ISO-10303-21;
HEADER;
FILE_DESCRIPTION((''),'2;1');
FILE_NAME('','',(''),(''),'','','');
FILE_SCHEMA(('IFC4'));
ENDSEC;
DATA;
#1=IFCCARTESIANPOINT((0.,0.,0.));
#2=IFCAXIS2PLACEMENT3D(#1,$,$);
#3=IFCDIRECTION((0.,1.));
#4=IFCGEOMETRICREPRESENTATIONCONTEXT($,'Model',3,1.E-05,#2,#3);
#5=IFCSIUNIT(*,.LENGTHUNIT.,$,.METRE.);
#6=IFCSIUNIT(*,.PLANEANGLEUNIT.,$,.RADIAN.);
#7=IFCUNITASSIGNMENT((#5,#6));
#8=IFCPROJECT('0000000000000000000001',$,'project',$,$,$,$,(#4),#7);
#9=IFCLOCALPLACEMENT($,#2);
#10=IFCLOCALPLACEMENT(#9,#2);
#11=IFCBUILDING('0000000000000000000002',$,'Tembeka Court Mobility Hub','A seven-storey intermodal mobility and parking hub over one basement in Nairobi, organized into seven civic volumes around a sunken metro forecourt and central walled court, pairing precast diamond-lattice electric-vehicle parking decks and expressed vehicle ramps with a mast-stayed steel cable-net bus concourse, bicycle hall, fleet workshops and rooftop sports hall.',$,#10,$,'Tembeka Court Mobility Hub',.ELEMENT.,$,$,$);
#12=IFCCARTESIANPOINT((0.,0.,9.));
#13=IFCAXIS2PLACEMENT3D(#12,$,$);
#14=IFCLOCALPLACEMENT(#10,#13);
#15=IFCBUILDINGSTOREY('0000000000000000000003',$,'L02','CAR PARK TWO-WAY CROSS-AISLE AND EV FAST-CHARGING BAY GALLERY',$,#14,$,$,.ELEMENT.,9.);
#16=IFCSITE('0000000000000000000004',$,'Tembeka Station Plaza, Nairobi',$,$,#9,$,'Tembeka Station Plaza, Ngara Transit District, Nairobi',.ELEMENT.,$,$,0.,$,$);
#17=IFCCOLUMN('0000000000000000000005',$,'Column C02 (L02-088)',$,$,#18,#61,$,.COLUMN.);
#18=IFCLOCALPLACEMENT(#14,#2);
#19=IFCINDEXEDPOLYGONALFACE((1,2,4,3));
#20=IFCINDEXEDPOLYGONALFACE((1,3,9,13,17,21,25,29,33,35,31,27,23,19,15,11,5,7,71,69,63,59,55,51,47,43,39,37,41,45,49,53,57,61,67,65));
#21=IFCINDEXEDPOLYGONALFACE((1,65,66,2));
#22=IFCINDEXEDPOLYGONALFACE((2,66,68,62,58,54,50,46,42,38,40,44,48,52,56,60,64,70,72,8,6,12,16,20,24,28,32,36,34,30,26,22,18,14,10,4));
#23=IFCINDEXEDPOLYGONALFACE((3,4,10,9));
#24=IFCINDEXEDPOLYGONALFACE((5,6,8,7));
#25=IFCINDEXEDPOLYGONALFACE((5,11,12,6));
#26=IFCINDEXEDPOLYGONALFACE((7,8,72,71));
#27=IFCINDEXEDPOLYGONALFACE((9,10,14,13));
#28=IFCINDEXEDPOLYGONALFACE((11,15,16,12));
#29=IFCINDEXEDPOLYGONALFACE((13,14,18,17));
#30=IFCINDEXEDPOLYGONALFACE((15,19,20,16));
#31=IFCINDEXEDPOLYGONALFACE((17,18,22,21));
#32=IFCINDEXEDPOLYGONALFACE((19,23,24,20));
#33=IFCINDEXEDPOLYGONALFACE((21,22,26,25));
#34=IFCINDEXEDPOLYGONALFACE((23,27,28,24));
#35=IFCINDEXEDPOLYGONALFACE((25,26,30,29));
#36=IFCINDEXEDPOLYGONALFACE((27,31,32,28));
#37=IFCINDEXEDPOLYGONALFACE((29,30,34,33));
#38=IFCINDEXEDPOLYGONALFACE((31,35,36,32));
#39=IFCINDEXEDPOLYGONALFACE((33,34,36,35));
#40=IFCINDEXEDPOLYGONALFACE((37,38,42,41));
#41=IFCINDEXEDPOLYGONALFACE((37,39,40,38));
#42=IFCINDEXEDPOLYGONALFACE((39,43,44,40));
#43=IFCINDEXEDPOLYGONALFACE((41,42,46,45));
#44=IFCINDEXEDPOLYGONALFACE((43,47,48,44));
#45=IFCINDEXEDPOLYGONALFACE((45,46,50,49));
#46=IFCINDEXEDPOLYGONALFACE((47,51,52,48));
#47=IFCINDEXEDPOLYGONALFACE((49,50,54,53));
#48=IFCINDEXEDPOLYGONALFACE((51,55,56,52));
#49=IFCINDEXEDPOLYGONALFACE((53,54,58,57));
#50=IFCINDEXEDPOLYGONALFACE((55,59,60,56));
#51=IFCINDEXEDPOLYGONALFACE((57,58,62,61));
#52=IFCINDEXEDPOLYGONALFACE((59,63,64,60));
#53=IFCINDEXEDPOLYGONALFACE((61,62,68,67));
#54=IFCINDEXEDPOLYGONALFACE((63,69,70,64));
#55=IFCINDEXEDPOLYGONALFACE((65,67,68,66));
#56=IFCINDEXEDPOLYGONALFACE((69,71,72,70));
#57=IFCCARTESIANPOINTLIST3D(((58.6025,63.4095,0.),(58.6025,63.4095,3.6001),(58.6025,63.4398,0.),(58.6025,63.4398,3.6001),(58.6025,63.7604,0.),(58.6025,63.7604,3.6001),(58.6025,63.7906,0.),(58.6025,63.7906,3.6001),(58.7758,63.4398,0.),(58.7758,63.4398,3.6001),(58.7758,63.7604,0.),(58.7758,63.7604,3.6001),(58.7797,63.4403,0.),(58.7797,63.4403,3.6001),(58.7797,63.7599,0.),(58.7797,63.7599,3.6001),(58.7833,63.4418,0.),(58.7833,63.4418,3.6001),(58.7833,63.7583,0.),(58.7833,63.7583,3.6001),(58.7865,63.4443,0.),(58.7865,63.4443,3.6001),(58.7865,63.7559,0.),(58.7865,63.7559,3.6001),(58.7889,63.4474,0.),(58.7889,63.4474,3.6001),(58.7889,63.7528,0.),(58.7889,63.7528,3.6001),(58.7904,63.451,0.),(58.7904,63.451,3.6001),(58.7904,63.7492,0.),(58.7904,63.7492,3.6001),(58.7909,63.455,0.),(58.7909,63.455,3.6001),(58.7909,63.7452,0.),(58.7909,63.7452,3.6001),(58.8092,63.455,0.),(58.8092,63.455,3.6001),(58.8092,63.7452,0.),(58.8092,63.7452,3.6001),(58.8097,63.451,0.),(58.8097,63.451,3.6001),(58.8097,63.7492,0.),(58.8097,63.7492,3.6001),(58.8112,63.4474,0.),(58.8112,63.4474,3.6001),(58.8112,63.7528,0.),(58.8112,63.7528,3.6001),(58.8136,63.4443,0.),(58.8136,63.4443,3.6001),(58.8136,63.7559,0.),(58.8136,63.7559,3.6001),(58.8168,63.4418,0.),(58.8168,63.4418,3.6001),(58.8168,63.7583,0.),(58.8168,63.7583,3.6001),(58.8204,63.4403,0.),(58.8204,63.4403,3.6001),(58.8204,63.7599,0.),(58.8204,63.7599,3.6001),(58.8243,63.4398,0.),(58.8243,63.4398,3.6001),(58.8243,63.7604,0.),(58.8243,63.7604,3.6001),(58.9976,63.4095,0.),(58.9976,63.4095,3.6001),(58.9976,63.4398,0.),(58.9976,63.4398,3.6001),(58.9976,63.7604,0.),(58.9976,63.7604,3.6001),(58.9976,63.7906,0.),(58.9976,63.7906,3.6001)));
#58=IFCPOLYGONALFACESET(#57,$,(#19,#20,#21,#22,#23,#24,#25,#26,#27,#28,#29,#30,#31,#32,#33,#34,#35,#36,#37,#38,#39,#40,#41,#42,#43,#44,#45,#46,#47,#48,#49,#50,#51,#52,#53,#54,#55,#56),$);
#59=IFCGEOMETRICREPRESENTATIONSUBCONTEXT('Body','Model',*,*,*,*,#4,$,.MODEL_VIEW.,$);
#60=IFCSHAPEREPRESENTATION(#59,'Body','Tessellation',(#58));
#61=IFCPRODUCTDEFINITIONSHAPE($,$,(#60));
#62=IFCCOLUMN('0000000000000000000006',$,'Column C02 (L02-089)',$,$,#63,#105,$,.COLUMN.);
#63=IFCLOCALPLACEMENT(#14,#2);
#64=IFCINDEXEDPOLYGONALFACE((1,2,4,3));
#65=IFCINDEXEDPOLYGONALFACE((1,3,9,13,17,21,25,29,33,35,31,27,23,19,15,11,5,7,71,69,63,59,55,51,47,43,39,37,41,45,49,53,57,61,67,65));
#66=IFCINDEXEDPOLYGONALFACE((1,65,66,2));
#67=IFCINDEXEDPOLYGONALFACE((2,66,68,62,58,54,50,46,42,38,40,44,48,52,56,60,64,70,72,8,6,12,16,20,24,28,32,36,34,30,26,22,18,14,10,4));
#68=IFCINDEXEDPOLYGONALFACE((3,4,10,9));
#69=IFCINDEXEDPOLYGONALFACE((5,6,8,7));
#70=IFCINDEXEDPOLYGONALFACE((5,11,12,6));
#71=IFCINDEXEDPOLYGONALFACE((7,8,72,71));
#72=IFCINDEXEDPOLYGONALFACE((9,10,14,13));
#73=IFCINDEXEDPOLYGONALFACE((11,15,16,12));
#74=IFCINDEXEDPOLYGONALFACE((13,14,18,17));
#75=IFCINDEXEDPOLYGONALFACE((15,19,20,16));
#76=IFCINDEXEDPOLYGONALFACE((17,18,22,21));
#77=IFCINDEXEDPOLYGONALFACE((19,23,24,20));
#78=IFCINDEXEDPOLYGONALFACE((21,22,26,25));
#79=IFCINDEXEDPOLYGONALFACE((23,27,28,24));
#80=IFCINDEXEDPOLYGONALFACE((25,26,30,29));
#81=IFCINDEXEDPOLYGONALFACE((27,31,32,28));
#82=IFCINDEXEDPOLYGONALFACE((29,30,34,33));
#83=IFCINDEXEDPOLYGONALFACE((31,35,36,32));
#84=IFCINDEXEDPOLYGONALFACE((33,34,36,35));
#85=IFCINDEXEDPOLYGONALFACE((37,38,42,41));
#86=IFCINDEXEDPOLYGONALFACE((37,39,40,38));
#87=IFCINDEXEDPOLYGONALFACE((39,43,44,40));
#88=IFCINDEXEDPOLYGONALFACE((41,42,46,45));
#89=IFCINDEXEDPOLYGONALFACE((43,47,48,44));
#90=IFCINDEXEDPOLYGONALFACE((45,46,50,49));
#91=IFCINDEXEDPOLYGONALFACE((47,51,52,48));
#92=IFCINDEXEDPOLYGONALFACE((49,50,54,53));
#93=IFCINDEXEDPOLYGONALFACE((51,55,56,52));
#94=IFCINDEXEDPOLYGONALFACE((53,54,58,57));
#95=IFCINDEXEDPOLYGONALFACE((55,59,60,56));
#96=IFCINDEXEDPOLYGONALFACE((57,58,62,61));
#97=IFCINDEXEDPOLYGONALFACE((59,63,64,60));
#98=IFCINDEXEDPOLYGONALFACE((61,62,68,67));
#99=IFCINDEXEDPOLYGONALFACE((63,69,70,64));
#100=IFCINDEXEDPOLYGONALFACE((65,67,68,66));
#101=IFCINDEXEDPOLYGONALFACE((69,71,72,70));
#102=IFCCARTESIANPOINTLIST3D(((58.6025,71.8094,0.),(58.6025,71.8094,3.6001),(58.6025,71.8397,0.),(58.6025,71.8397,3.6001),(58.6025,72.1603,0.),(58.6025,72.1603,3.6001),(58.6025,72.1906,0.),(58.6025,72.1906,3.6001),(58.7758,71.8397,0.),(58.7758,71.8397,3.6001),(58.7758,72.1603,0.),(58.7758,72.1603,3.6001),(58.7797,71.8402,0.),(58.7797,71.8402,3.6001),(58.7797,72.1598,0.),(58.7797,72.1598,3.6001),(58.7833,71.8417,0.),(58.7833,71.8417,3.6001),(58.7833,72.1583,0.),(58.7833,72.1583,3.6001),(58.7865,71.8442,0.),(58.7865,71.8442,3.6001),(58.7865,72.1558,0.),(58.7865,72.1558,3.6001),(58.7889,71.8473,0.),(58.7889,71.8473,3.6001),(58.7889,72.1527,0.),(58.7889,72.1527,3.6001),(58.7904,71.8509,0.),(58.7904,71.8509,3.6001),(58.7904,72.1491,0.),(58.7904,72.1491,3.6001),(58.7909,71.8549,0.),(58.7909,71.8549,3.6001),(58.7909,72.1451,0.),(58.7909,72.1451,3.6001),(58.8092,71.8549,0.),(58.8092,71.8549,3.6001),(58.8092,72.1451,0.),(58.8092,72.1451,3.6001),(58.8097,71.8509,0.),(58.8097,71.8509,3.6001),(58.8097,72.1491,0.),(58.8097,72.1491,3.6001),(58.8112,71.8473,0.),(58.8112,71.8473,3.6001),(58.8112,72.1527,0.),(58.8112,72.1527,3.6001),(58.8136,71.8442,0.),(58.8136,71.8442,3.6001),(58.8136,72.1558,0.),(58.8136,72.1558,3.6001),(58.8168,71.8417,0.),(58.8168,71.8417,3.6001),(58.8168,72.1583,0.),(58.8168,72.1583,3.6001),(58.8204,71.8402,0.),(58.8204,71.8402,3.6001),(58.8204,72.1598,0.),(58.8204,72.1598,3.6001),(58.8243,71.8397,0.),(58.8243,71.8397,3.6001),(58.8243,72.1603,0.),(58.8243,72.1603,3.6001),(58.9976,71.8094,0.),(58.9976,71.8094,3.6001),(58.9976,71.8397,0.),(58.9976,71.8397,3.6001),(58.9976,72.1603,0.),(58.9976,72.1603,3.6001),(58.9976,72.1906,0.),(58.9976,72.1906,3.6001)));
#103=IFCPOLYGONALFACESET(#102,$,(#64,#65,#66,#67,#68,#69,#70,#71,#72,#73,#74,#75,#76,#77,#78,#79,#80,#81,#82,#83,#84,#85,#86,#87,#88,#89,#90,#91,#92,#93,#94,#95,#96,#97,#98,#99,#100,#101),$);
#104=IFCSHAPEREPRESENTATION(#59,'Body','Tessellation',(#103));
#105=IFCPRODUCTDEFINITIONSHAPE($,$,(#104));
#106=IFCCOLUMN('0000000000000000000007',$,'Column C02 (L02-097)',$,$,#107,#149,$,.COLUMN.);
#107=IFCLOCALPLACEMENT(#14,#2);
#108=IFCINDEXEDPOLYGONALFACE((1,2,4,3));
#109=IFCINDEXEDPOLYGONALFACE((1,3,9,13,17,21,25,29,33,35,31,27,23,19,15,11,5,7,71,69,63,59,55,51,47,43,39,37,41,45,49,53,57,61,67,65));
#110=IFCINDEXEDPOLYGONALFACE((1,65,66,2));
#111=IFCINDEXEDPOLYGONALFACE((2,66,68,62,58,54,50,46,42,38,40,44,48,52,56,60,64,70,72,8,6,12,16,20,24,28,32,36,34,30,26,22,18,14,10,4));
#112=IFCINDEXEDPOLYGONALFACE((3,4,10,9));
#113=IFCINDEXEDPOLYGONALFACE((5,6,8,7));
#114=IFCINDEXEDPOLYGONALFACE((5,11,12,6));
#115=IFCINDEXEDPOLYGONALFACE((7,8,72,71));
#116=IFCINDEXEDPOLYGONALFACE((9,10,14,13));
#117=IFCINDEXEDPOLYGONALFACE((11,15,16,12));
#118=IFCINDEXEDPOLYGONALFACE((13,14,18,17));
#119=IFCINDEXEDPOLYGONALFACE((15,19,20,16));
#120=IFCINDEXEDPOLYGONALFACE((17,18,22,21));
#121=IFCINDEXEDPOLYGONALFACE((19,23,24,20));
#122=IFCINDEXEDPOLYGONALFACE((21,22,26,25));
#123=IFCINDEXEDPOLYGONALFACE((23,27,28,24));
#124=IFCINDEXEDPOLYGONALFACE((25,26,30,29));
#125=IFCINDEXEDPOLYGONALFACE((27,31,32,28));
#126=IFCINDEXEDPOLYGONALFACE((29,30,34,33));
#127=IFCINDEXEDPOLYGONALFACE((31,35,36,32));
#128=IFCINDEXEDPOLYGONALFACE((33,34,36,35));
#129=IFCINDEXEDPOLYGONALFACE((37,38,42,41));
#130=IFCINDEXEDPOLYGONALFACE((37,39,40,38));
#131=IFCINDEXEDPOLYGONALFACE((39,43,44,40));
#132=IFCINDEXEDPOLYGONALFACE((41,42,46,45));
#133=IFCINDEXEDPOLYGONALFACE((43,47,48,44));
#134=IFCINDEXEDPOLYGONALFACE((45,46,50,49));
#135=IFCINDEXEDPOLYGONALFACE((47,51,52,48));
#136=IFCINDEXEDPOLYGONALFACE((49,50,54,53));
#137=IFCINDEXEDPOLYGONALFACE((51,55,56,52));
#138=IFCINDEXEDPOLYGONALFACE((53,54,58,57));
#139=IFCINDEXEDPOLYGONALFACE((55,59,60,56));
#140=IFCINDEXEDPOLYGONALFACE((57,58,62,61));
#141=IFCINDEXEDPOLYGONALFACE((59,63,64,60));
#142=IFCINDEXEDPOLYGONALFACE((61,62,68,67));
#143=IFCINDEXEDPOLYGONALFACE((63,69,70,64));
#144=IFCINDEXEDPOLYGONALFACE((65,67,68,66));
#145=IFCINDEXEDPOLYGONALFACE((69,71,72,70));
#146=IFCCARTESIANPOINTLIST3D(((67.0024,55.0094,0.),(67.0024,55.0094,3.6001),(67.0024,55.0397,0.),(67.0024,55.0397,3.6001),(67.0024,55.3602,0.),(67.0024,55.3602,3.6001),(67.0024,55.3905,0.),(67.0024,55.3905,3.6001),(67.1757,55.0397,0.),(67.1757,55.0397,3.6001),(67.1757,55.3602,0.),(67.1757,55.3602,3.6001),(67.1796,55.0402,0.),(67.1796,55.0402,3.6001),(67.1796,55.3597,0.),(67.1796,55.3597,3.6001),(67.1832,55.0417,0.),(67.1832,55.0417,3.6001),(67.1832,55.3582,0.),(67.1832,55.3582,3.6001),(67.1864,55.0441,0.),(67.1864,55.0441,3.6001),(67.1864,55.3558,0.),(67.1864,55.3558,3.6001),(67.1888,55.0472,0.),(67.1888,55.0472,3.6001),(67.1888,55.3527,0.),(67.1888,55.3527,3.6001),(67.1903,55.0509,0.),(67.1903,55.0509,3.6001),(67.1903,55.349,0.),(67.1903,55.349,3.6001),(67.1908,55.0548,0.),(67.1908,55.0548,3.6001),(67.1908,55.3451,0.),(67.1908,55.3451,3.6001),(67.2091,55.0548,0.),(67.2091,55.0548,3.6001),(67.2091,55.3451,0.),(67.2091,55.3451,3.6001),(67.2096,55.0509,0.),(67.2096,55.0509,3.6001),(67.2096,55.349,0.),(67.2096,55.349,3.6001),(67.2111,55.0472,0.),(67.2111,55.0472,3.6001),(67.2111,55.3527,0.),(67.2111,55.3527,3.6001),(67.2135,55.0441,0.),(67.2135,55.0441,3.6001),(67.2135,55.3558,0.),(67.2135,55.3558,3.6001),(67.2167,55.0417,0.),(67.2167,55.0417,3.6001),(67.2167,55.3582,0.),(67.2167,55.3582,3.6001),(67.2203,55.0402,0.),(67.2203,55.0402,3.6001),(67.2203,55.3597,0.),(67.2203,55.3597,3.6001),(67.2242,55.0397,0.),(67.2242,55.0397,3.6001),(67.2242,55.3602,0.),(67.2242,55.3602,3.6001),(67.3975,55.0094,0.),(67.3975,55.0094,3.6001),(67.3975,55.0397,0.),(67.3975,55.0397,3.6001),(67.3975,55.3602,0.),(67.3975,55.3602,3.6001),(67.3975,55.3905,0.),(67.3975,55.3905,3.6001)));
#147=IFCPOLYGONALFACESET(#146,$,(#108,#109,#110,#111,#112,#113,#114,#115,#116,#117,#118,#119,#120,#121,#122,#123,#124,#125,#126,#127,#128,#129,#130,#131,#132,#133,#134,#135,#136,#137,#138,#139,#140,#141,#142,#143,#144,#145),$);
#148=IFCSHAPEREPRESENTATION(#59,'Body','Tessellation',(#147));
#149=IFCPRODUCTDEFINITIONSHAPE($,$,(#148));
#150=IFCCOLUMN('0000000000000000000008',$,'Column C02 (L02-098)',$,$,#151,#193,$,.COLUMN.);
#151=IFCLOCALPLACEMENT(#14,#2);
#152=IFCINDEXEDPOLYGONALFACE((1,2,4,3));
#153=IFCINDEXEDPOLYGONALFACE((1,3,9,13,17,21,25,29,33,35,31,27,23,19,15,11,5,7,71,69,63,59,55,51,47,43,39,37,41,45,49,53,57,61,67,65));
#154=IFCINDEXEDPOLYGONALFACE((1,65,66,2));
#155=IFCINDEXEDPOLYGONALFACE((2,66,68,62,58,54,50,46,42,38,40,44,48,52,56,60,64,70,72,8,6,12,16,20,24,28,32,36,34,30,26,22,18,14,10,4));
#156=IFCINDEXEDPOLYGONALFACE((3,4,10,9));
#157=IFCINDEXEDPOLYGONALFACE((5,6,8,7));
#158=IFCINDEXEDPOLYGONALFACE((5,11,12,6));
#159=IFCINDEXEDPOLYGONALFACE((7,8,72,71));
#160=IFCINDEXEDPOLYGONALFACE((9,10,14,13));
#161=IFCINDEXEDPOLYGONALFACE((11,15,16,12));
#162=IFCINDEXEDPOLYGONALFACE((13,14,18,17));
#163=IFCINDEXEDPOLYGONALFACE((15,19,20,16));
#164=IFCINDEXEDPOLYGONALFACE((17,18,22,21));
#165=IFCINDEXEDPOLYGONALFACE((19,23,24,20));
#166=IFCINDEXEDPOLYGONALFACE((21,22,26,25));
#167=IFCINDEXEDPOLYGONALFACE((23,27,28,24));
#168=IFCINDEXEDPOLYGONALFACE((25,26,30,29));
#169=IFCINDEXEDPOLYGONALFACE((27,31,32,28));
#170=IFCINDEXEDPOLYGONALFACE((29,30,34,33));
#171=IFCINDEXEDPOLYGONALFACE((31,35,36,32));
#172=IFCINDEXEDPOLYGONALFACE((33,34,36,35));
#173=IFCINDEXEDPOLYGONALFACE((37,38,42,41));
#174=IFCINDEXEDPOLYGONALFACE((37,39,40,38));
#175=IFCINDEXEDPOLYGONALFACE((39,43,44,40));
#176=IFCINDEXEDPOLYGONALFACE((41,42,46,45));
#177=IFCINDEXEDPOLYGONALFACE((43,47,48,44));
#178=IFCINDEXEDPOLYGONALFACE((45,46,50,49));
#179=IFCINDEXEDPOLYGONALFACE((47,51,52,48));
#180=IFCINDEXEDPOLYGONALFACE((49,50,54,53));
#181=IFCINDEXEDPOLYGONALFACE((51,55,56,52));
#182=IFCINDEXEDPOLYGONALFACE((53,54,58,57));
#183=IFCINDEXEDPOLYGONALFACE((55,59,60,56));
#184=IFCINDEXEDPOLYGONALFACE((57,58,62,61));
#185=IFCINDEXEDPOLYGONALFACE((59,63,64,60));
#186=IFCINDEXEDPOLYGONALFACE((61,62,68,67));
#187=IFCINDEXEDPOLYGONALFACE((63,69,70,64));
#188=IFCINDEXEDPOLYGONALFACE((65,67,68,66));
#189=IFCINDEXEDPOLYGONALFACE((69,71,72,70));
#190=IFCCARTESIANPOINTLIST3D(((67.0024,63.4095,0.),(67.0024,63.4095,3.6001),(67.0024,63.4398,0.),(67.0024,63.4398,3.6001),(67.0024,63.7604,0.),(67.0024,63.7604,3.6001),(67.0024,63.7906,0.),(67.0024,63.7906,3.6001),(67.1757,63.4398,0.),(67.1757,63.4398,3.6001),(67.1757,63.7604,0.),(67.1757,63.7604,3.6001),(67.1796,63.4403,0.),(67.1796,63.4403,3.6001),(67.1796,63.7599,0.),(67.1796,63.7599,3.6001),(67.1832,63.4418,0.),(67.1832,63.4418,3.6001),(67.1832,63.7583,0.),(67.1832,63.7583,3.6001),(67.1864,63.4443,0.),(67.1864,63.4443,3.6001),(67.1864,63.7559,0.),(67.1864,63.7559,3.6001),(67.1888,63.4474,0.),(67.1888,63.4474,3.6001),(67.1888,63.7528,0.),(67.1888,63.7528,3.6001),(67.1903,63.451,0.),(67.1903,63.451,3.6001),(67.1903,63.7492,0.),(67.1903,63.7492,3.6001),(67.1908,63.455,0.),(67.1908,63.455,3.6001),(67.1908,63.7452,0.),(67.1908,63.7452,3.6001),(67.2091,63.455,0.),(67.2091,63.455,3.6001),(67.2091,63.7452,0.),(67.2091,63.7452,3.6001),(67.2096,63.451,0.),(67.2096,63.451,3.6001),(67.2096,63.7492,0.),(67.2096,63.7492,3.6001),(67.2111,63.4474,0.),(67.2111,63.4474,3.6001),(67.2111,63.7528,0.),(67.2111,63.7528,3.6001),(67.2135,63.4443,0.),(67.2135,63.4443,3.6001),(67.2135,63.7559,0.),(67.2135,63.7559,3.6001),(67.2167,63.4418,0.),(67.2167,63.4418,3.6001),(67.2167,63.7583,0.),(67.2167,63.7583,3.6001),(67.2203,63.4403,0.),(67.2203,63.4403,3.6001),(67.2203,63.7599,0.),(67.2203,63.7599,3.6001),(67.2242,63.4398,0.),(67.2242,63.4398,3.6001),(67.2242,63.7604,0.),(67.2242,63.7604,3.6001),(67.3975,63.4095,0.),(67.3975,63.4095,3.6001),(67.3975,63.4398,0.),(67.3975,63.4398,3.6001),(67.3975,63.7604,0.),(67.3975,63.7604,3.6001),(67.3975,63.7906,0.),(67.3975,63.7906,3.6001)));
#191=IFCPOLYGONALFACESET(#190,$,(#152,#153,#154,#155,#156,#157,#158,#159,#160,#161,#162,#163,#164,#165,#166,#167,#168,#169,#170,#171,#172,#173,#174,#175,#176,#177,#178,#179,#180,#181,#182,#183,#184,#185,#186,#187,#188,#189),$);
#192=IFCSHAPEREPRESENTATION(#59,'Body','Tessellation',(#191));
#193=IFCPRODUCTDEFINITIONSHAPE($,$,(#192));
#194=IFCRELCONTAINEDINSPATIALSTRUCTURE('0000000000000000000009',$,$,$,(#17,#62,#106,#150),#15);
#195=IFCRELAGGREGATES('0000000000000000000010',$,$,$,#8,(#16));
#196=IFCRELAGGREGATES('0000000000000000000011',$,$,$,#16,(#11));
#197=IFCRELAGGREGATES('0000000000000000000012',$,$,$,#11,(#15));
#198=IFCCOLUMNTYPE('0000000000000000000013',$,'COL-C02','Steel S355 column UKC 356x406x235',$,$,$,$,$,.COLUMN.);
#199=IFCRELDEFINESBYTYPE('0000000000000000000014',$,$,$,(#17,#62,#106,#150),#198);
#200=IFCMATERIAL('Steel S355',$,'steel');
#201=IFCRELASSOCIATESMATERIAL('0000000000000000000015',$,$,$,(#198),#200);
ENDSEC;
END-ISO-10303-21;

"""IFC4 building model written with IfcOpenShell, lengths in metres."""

from ifc_helpers import new_model, si_unit, direction, frame, origin, origin_2d, place, context, subcontext, project, spatial, i_section, extrude, material, material_profile, profile_set, type_object, element, save


model = new_model("IFC4")

# Units and contexts
model_context = context("Model", 3, precision=1e-05, world=origin(), true_north=direction((0.0, 1.0)))
body_context = subcontext(model_context, "Body", "Model", "MODEL_VIEW")
ifc_project = project(units=[si_unit("LENGTHUNIT", "METRE"), si_unit("PLANEANGLEUNIT", "RADIAN")], contexts=[model_context])

# Site, building, storey
site_placement = place(None, origin())
site = spatial("IfcSite", under=ifc_project, at=site_placement, Name="Tembeka Station Plaza, Nairobi", LongName="Tembeka Station Plaza, Ngara Transit District, Nairobi", CompositionType="ELEMENT", RefElevation=0.0)
building_placement = place(site_placement, origin())
building = spatial("IfcBuilding", under=site, at=building_placement, Name="Tembeka Court Mobility Hub", Description="A seven-storey intermodal mobility and parking hub over one basement in Nairobi, organized into seven civic volumes around a sunken metro forecourt and central walled court, pairing precast diamond-lattice electric-vehicle parking decks and expressed vehicle ramps with a mast-stayed steel cable-net bus concourse, bicycle hall, fleet workshops and rooftop sports hall.", LongName="Tembeka Court Mobility Hub", CompositionType="ELEMENT")
storey_placement = place(building_placement, frame((0.0, 0.0, 9.0)))
storey = spatial("IfcBuildingStorey", under=building, at=storey_placement, Name="L02", Description="CAR PARK TWO-WAY CROSS-AISLE AND EV FAST-CHARGING BAY GALLERY", CompositionType="ELEMENT", Elevation=9.0)

# Columns
ifc_material_1 = material(Name="Steel S355", Category="steel")
ifc_material_profile_1 = material_profile(ifc_material_1, i_section(OverallWidth=0.395, OverallDepth=0.3811, WebThickness=0.0183, FlangeThickness=0.0303, FilletRadius=0.0151, at=origin_2d()), Name="UKC 356x406x235")
ifc_profile_set_1 = profile_set([ifc_material_profile_1], Name="Steel S355")
column_type = type_object("IfcColumnType", Name="COL-C02", Description="Steel S355 column UKC 356x406x235", PredefinedType="COLUMN", material=ifc_profile_set_1)
for number, where, z_axis, x_axis, name in (
    (1, (58.8, 63.6001, 0.0), (0.0, 0.0, 1.0), (1.0, 0.0, 0.0), "Column C02 (L02-088)"),
    (2, (58.8, 72.0, 0.0), (0.0, 0.0, 1.0), (1.0, 0.0, 0.0), "Column C02 (L02-089)"),
    (3, (67.2, 55.2, 0.0), (0.0, 0.0, 1.0), (1.0, 0.0, 0.0), "Column C02 (L02-097)"),
    (4, (67.2, 63.6001, 0.0), (0.0, 0.0, 1.0), (1.0, 0.0, 0.0), "Column C02 (L02-098)"),
):
    element("IfcColumn", number, at=place(storey_placement, frame(where, z_axis=z_axis, x_axis=x_axis)), inside=storey, type_object=column_type, Name=name, PredefinedType="COLUMN", context=body_context, shape_type="SweptSolid", body=[
        extrude(i_section(OverallWidth=0.395, OverallDepth=0.3811, WebThickness=0.0183, FlangeThickness=0.0303, FilletRadius=0.0151, at=origin_2d()), origin(), (0.0, 0.0, 1.0), 3.6001),
    ])

save(model, "model.ifc")
